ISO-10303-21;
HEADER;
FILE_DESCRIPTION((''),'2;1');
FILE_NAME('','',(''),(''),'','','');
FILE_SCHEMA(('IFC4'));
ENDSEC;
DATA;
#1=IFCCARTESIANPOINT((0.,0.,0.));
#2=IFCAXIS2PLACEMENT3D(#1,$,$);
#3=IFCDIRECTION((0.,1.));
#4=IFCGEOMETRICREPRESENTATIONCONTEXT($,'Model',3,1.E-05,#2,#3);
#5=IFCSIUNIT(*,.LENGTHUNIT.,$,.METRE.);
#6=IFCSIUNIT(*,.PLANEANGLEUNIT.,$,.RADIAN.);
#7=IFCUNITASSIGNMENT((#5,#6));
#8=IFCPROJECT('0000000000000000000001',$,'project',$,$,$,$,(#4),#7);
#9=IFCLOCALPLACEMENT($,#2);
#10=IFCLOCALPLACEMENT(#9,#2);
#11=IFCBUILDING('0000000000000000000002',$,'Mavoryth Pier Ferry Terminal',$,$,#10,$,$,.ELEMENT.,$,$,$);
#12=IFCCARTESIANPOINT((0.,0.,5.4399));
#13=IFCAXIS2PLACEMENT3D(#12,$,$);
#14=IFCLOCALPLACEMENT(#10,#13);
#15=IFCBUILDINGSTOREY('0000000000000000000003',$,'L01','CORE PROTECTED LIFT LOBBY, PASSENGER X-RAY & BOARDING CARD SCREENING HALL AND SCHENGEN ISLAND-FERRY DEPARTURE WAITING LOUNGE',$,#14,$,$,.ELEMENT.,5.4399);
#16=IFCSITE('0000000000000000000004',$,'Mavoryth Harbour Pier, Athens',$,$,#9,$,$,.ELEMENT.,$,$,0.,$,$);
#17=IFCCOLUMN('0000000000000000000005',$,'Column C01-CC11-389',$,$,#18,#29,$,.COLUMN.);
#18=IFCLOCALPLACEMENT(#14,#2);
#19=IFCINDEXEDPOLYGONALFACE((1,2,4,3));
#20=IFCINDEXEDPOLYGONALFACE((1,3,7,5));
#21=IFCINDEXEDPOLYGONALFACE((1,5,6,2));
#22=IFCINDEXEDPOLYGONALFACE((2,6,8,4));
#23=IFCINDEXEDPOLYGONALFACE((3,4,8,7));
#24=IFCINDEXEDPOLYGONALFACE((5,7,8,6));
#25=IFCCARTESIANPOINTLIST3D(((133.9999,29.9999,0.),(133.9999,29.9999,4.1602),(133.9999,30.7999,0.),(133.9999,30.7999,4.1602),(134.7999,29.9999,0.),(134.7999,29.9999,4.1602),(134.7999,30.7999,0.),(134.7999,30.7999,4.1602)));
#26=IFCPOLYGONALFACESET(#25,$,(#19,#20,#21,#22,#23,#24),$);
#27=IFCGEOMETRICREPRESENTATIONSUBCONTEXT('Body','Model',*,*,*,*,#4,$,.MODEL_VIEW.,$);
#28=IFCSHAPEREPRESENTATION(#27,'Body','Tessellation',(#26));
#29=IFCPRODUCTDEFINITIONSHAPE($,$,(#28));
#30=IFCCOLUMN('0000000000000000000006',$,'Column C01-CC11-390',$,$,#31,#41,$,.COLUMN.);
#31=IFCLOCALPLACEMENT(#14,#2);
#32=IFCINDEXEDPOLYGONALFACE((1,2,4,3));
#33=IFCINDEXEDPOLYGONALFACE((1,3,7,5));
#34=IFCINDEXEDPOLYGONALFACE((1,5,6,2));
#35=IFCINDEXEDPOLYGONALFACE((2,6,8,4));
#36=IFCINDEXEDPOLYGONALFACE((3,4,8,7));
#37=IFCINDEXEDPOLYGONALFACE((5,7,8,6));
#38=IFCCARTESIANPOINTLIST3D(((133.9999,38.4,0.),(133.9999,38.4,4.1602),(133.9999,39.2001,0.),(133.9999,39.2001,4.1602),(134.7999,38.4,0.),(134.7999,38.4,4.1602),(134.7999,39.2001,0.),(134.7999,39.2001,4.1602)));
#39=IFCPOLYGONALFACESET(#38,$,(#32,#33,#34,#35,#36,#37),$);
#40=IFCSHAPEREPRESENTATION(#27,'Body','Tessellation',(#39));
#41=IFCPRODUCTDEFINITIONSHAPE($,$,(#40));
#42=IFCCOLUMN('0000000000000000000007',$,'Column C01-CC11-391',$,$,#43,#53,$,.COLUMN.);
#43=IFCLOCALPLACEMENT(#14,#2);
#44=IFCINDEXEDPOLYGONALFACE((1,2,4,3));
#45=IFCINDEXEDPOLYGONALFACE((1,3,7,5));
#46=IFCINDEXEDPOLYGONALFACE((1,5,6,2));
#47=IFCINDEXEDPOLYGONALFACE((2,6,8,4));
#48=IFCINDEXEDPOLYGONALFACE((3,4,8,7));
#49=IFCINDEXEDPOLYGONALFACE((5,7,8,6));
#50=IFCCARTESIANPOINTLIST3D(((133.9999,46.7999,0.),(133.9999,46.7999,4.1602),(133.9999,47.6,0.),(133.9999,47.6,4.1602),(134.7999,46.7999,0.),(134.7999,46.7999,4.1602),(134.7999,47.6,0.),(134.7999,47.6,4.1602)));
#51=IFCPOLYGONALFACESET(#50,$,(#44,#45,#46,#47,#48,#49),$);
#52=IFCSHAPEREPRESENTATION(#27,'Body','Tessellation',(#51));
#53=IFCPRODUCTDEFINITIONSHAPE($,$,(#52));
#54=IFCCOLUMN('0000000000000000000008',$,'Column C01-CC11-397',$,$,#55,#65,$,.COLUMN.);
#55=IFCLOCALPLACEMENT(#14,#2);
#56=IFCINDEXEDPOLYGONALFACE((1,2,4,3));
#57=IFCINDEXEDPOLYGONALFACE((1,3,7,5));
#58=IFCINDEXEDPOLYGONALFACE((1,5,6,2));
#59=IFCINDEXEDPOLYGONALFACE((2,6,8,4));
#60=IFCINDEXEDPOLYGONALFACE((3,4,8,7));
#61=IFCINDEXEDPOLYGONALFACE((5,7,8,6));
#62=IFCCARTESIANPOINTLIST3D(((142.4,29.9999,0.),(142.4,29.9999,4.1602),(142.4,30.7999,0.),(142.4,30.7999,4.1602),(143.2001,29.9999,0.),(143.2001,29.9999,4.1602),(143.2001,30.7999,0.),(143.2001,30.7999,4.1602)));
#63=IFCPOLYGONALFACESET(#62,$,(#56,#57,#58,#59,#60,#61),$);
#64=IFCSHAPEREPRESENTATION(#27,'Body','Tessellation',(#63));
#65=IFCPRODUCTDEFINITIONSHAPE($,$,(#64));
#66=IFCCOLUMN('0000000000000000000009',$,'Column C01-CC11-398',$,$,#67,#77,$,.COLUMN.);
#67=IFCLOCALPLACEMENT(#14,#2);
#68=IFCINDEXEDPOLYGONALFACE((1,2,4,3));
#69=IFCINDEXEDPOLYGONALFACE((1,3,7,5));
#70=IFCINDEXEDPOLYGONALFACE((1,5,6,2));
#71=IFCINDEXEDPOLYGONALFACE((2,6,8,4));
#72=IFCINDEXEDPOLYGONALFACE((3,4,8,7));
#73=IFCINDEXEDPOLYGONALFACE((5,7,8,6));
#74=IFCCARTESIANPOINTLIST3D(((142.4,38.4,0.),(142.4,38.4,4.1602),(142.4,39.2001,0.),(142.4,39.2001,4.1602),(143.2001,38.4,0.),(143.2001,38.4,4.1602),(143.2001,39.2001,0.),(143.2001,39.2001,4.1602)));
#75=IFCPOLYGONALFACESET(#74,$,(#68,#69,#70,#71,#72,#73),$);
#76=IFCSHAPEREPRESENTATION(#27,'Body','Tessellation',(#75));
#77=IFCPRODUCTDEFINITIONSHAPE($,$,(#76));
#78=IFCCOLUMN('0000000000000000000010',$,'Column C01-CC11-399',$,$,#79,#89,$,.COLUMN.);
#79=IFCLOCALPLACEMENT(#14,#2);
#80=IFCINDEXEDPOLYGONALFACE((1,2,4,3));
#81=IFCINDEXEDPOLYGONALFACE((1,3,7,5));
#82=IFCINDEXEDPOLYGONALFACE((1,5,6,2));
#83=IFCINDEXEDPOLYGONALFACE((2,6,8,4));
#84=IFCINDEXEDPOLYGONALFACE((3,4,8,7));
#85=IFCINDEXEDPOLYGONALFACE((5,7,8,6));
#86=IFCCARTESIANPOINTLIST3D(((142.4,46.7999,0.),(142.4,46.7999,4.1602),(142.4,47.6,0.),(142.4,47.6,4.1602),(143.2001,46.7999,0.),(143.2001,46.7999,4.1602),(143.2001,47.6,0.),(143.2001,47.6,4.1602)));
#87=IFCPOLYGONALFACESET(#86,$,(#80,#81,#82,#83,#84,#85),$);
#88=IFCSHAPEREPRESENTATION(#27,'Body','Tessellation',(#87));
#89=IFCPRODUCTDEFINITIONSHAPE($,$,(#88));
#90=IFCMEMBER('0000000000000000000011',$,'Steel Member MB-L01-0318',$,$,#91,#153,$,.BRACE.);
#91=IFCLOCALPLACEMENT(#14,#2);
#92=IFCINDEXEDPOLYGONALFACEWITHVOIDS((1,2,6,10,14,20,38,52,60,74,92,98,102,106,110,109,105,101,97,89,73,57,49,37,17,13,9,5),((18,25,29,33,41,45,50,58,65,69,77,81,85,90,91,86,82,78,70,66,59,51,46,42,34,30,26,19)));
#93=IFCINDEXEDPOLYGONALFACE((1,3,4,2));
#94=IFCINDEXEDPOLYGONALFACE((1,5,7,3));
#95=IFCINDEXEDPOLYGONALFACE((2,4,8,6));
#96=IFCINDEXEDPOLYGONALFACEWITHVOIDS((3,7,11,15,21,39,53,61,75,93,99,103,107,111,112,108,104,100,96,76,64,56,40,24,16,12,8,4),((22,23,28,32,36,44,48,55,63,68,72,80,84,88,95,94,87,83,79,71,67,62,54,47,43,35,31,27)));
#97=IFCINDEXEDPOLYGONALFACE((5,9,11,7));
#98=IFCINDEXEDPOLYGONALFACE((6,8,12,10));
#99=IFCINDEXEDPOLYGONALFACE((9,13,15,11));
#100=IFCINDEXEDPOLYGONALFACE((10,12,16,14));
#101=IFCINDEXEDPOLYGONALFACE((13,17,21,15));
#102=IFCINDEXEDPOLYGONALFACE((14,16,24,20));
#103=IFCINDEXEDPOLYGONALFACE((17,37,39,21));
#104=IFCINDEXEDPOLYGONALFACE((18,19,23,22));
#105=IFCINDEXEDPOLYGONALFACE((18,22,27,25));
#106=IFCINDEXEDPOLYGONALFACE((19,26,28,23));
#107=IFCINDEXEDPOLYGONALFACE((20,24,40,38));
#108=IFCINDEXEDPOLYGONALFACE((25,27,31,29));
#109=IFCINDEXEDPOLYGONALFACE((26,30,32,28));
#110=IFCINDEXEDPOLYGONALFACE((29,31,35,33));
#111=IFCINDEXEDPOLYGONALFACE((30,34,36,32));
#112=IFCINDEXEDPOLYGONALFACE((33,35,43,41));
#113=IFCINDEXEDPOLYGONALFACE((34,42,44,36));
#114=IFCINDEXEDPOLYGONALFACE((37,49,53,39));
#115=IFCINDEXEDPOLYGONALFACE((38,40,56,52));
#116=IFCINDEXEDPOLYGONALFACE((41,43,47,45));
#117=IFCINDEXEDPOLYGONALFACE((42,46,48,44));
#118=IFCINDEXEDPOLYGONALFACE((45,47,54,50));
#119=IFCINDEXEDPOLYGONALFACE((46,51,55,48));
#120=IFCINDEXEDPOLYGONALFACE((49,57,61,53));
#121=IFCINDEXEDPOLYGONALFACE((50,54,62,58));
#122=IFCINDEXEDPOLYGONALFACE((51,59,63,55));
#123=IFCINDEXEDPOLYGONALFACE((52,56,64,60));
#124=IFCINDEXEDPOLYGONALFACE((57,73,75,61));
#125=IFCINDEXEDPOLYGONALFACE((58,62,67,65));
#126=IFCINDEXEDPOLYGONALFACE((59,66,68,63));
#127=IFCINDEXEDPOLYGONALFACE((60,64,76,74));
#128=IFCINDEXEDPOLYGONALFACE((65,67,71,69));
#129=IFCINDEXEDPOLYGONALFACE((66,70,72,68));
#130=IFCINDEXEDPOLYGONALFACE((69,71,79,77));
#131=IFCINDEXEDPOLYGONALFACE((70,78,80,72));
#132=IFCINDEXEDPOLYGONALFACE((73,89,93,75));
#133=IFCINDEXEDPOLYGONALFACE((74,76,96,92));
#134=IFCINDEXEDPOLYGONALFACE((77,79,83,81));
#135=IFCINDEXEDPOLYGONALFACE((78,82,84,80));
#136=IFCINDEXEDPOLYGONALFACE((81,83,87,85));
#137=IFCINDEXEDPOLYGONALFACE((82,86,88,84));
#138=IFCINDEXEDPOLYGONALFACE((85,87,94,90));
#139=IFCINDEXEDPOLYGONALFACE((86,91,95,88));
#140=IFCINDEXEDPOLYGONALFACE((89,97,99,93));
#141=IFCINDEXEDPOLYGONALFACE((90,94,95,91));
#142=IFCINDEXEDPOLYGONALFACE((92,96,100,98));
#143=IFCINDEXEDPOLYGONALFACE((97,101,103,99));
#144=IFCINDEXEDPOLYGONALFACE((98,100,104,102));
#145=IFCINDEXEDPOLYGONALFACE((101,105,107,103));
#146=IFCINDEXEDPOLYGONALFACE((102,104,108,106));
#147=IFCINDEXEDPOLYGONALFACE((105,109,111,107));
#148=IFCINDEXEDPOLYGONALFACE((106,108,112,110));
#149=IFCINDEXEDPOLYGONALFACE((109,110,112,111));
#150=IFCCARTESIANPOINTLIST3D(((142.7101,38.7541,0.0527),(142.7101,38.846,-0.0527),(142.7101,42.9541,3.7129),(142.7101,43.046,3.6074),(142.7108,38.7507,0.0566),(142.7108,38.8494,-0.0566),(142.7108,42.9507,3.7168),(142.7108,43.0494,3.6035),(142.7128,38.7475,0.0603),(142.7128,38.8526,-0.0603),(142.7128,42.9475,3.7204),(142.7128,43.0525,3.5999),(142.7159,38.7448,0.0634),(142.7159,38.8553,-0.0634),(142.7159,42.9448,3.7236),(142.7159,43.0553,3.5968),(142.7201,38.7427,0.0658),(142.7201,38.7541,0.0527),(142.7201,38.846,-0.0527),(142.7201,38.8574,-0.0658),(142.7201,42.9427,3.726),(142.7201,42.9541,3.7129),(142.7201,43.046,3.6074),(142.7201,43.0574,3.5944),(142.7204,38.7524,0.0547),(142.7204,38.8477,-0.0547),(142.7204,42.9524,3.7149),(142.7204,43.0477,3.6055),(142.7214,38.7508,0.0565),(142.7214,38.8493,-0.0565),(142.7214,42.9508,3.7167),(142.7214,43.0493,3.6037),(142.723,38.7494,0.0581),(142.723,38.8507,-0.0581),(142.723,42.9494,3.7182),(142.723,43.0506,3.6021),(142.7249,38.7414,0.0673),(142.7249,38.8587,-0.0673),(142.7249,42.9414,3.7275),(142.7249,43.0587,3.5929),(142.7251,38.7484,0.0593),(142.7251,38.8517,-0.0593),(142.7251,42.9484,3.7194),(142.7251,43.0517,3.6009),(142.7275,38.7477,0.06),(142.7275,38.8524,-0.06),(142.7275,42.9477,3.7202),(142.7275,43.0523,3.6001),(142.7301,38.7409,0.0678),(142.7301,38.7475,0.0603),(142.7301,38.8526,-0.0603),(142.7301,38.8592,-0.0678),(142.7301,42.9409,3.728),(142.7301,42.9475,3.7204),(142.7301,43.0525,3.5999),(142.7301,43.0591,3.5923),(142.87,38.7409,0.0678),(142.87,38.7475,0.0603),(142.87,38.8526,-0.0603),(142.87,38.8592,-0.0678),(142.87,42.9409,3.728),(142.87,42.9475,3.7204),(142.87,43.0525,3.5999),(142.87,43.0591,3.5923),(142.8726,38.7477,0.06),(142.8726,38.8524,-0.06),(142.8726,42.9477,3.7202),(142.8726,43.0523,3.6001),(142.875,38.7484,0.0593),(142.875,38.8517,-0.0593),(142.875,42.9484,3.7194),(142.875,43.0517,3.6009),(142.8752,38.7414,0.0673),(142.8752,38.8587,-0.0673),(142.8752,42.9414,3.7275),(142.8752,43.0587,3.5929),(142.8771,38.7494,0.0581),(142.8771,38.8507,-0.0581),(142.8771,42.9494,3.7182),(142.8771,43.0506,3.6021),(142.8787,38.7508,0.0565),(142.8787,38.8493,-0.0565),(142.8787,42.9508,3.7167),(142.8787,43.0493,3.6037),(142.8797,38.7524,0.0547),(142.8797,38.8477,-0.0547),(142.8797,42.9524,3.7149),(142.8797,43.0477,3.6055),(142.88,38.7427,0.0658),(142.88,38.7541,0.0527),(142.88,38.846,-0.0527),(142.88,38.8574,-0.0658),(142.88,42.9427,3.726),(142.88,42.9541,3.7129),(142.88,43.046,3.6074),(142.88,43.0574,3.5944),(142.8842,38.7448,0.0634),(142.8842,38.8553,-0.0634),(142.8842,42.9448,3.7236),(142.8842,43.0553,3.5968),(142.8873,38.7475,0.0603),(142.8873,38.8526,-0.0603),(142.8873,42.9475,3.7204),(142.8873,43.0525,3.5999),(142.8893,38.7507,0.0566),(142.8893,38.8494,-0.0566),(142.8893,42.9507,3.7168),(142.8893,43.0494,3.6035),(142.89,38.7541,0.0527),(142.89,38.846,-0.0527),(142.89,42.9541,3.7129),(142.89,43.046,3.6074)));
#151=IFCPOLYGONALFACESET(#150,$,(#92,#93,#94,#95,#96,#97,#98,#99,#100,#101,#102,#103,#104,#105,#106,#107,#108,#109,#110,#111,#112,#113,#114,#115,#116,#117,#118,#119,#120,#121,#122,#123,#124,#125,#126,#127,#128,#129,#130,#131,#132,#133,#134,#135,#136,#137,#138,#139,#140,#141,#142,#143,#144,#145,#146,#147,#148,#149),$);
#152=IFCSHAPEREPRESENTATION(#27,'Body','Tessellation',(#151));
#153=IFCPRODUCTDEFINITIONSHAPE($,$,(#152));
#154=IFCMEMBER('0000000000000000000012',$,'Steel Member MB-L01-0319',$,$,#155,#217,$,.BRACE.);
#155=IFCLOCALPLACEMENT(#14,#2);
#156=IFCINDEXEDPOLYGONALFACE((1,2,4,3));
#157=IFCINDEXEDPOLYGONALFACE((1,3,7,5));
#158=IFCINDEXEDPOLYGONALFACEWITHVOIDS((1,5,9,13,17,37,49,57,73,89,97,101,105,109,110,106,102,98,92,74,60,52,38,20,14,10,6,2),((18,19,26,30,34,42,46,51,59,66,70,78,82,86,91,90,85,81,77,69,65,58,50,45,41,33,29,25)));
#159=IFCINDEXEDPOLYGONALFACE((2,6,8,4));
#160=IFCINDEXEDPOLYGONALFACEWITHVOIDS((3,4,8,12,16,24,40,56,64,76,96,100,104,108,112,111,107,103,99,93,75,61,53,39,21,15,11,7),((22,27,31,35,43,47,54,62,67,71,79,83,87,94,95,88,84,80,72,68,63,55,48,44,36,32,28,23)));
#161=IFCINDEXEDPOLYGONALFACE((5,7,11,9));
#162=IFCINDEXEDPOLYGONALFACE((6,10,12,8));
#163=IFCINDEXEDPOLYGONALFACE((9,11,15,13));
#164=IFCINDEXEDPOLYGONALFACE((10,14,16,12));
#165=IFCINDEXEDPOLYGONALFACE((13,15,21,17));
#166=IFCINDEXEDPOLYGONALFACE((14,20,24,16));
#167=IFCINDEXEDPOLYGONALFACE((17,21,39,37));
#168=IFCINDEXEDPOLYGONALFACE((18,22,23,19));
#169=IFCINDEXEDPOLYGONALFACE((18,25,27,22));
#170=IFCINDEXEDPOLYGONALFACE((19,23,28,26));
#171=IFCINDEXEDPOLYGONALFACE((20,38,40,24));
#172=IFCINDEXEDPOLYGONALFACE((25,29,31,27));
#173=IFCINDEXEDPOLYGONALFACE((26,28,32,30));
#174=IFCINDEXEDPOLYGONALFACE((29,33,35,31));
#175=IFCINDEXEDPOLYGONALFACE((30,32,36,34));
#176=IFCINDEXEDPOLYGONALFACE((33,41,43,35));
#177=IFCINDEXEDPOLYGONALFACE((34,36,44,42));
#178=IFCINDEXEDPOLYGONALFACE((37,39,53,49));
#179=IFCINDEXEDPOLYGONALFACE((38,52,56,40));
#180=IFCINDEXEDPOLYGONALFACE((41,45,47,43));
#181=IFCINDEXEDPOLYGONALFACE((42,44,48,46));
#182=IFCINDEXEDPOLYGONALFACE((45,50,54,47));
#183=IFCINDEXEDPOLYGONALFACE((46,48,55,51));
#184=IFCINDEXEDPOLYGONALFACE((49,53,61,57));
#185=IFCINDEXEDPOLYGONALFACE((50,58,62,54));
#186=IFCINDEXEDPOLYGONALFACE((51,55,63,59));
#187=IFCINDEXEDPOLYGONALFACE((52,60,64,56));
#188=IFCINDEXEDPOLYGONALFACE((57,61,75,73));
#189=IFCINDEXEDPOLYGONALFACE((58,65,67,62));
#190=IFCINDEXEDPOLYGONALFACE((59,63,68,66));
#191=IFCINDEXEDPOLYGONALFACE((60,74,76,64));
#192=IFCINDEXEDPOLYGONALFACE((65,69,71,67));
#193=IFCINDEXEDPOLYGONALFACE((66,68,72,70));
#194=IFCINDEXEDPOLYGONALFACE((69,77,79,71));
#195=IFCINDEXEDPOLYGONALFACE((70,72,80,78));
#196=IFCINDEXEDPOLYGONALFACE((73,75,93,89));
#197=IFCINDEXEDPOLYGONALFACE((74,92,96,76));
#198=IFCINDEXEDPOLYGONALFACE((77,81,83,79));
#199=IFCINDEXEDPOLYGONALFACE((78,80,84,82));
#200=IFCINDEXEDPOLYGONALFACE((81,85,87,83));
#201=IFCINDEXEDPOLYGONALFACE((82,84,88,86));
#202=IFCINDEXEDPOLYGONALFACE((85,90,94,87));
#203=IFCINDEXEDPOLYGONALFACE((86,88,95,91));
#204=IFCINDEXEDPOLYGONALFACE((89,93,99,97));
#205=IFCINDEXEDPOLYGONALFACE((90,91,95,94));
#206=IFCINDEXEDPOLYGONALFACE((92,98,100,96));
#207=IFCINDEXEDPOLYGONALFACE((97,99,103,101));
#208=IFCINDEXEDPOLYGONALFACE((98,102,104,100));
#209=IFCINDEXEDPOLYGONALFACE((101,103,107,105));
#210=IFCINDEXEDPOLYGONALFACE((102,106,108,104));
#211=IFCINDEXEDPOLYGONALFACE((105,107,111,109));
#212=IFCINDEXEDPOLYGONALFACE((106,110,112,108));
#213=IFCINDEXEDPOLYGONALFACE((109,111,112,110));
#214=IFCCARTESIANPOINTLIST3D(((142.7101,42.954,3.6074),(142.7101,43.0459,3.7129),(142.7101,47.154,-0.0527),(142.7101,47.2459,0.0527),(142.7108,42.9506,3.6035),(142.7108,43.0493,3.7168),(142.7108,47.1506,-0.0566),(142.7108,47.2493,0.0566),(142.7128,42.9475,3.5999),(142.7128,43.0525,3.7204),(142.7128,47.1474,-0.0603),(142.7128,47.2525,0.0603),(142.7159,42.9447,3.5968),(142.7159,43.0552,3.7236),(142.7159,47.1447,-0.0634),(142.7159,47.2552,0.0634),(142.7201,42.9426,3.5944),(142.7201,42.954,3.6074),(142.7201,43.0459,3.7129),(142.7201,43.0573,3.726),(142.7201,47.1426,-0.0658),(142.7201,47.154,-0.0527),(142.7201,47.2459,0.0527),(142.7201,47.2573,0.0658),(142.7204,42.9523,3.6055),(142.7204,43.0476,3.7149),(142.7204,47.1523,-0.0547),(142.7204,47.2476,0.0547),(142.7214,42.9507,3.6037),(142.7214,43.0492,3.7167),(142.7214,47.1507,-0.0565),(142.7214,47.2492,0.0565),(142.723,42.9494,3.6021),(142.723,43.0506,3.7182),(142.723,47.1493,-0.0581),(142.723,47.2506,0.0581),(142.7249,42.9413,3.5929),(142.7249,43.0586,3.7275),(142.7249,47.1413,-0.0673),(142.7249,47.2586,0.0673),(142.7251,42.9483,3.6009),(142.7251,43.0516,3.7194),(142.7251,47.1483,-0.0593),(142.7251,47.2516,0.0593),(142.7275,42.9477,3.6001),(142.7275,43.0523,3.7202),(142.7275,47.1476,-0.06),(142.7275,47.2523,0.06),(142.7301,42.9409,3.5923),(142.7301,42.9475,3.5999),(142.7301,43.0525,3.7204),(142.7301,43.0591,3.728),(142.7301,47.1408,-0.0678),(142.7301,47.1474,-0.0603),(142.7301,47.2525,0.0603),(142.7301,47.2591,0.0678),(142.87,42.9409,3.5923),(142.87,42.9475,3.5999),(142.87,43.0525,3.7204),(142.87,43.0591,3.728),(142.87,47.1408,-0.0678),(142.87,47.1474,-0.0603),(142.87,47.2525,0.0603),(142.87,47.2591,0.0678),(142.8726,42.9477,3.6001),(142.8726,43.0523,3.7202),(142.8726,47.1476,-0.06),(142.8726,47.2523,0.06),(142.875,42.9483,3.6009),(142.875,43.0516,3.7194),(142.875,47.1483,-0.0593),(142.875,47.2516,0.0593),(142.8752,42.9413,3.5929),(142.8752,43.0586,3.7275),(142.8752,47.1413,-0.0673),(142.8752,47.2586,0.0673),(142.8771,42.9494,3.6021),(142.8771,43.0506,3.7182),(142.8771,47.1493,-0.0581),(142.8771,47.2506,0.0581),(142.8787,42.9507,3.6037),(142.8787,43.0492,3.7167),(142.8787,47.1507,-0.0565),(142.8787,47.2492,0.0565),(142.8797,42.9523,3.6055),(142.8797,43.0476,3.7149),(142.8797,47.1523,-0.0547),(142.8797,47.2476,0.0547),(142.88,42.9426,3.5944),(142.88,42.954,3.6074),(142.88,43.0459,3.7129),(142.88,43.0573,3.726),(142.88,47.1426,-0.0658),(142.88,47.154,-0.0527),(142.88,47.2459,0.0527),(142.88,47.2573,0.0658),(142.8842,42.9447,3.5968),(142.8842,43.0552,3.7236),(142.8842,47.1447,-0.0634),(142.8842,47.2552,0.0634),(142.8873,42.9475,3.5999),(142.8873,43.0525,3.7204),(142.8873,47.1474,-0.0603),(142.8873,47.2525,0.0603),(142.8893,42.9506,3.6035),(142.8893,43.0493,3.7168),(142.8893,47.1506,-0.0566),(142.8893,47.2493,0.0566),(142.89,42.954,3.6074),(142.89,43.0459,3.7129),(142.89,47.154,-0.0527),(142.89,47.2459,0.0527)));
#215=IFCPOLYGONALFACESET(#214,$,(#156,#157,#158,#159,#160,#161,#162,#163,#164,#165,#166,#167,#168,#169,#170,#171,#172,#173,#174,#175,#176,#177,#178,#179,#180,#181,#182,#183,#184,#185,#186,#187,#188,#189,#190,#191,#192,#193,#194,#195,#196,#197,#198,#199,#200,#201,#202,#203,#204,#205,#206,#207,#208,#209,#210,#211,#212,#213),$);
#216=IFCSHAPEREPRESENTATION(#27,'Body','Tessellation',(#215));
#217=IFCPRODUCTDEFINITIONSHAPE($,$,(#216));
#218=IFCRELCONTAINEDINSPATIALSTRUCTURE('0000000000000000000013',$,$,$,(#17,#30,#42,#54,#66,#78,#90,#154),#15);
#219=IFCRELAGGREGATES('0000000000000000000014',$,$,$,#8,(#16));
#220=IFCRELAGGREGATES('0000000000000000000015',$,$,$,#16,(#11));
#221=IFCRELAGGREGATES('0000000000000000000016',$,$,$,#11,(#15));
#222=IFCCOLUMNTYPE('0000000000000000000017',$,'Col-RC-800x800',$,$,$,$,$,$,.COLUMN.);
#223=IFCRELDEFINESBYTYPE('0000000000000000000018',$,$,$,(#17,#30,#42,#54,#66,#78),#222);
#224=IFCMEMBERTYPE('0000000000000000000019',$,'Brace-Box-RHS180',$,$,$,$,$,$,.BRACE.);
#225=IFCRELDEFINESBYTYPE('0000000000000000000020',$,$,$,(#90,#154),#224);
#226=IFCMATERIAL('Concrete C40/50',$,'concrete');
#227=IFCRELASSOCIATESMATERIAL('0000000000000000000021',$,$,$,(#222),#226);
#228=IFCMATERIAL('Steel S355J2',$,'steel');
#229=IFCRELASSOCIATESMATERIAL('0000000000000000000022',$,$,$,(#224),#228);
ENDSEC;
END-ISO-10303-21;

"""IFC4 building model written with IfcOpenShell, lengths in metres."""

from ifc_helpers import new_model, si_unit, direction, frame, origin, origin_2d, place, context, subcontext, project, spatial, rectangle, hollow_rectangle, extrude, material, material_profile, profile_set, type_object, element, save


model = new_model("IFC4")

# Units and contexts
model_context = context("Model", 3, precision=1e-05, world=origin(), true_north=direction((0.0, 1.0)))
body_context = subcontext(model_context, "Body", "Model", "MODEL_VIEW")
ifc_project = project(units=[si_unit("LENGTHUNIT", "METRE"), si_unit("PLANEANGLEUNIT", "RADIAN")], contexts=[model_context])

# Site, building, storey
site_placement = place(None, origin())
site = spatial("IfcSite", under=ifc_project, at=site_placement, Name="Mavoryth Harbour Pier, Athens", CompositionType="ELEMENT", RefElevation=0.0)
building_placement = place(site_placement, origin())
building = spatial("IfcBuilding", under=site, at=building_placement, Name="Mavoryth Pier Ferry Terminal", CompositionType="ELEMENT")
storey_placement = place(building_placement, frame((0.0, 0.0, 5.4399)))
storey = spatial("IfcBuildingStorey", under=building, at=storey_placement, Name="L01", Description="CORE PROTECTED LIFT LOBBY, PASSENGER X-RAY & BOARDING CARD SCREENING HALL AND SCHENGEN ISLAND-FERRY DEPARTURE WAITING LOUNGE", CompositionType="ELEMENT", Elevation=5.4399)

# Columns
ifc_material_1 = material(Name="Concrete C40/50", Category="concrete")
ifc_material_profile_1 = material_profile(ifc_material_1, rectangle(XDim=0.8, YDim=0.8, at=origin_2d()), Name="RC 800x800", Category="concrete")
ifc_profile_set_1 = profile_set([ifc_material_profile_1], Name="Concrete C40/50 - RC 800x800")
column_type = type_object("IfcColumnType", Name="Col-RC-800x800", PredefinedType="COLUMN", material=ifc_profile_set_1)
for number, where, z_axis, x_axis, name in (
    (1, (134.3999, 30.3999, 0.0), (0.0, 0.0, 1.0), (1.0, 0.0, 0.0), "Column C01-CC11-389"),
    (2, (134.3999, 38.8, 0.0), (0.0, 0.0, 1.0), (1.0, 0.0, 0.0), "Column C01-CC11-390"),
    (3, (134.3999, 47.2, 0.0), (0.0, 0.0, 1.0), (1.0, 0.0, 0.0), "Column C01-CC11-391"),
    (4, (142.8, 30.3999, 0.0), (0.0, 0.0, 1.0), (1.0, 0.0, 0.0), "Column C01-CC11-397"),
    (5, (142.8, 38.8, 0.0), (0.0, 0.0, 1.0), (1.0, 0.0, 0.0), "Column C01-CC11-398"),
    (6, (142.8, 47.2, 0.0), (0.0, 0.0, 1.0), (1.0, 0.0, 0.0), "Column C01-CC11-399"),
):
    element("IfcColumn", number, at=place(storey_placement, frame(where, z_axis=z_axis, x_axis=x_axis)), inside=storey, type_object=column_type, Name=name, PredefinedType="COLUMN", context=body_context, shape_type="SweptSolid", body=[
        extrude(rectangle(XDim=0.8, YDim=0.8, at=origin_2d()), origin(), (0.0, 0.0, 1.0), 4.1602),
    ])

# Members
ifc_material_2 = material(Name="Steel S355J2", Category="steel")
ifc_material_profile_2 = material_profile(ifc_material_2, hollow_rectangle(XDim=0.1799, YDim=0.1799, WallThickness=0.01, InnerFilletRadius=0.01, OuterFilletRadius=0.02, at=origin_2d()), Name="RHS 180x180x10.0", Category="steel")
ifc_profile_set_2 = profile_set([ifc_material_profile_2], Name="Steel S355J2 - RHS 180x180x10.0")
member_type = type_object("IfcMemberType", Name="Brace-Box-RHS180", PredefinedType="BRACE", material=ifc_profile_set_2)
for number, where, z_axis, x_axis, name in (
    (7, (142.8, 38.8, 0.0), (0.0, 0.753892, 0.656999), (-1.0, 0.0, 0.0), "Steel Member MB-L01-0318"),
    (8, (142.8, 47.2, 0.0), (0.0, -0.753892, 0.656999), (1.0, 0.0, 0.0), "Steel Member MB-L01-0319"),
):
    element("IfcMember", number, at=place(storey_placement, frame(where, z_axis=z_axis, x_axis=x_axis)), inside=storey, type_object=member_type, Name=name, PredefinedType="BRACE", context=body_context, shape_type="SweptSolid", body=[
        extrude(hollow_rectangle(XDim=0.1799, YDim=0.1799, WallThickness=0.01, InnerFilletRadius=0.01, OuterFilletRadius=0.02, at=origin_2d()), origin(), (0.0, 0.0, 1.0), 5.571),
    ])

save(model, "model.ifc")
